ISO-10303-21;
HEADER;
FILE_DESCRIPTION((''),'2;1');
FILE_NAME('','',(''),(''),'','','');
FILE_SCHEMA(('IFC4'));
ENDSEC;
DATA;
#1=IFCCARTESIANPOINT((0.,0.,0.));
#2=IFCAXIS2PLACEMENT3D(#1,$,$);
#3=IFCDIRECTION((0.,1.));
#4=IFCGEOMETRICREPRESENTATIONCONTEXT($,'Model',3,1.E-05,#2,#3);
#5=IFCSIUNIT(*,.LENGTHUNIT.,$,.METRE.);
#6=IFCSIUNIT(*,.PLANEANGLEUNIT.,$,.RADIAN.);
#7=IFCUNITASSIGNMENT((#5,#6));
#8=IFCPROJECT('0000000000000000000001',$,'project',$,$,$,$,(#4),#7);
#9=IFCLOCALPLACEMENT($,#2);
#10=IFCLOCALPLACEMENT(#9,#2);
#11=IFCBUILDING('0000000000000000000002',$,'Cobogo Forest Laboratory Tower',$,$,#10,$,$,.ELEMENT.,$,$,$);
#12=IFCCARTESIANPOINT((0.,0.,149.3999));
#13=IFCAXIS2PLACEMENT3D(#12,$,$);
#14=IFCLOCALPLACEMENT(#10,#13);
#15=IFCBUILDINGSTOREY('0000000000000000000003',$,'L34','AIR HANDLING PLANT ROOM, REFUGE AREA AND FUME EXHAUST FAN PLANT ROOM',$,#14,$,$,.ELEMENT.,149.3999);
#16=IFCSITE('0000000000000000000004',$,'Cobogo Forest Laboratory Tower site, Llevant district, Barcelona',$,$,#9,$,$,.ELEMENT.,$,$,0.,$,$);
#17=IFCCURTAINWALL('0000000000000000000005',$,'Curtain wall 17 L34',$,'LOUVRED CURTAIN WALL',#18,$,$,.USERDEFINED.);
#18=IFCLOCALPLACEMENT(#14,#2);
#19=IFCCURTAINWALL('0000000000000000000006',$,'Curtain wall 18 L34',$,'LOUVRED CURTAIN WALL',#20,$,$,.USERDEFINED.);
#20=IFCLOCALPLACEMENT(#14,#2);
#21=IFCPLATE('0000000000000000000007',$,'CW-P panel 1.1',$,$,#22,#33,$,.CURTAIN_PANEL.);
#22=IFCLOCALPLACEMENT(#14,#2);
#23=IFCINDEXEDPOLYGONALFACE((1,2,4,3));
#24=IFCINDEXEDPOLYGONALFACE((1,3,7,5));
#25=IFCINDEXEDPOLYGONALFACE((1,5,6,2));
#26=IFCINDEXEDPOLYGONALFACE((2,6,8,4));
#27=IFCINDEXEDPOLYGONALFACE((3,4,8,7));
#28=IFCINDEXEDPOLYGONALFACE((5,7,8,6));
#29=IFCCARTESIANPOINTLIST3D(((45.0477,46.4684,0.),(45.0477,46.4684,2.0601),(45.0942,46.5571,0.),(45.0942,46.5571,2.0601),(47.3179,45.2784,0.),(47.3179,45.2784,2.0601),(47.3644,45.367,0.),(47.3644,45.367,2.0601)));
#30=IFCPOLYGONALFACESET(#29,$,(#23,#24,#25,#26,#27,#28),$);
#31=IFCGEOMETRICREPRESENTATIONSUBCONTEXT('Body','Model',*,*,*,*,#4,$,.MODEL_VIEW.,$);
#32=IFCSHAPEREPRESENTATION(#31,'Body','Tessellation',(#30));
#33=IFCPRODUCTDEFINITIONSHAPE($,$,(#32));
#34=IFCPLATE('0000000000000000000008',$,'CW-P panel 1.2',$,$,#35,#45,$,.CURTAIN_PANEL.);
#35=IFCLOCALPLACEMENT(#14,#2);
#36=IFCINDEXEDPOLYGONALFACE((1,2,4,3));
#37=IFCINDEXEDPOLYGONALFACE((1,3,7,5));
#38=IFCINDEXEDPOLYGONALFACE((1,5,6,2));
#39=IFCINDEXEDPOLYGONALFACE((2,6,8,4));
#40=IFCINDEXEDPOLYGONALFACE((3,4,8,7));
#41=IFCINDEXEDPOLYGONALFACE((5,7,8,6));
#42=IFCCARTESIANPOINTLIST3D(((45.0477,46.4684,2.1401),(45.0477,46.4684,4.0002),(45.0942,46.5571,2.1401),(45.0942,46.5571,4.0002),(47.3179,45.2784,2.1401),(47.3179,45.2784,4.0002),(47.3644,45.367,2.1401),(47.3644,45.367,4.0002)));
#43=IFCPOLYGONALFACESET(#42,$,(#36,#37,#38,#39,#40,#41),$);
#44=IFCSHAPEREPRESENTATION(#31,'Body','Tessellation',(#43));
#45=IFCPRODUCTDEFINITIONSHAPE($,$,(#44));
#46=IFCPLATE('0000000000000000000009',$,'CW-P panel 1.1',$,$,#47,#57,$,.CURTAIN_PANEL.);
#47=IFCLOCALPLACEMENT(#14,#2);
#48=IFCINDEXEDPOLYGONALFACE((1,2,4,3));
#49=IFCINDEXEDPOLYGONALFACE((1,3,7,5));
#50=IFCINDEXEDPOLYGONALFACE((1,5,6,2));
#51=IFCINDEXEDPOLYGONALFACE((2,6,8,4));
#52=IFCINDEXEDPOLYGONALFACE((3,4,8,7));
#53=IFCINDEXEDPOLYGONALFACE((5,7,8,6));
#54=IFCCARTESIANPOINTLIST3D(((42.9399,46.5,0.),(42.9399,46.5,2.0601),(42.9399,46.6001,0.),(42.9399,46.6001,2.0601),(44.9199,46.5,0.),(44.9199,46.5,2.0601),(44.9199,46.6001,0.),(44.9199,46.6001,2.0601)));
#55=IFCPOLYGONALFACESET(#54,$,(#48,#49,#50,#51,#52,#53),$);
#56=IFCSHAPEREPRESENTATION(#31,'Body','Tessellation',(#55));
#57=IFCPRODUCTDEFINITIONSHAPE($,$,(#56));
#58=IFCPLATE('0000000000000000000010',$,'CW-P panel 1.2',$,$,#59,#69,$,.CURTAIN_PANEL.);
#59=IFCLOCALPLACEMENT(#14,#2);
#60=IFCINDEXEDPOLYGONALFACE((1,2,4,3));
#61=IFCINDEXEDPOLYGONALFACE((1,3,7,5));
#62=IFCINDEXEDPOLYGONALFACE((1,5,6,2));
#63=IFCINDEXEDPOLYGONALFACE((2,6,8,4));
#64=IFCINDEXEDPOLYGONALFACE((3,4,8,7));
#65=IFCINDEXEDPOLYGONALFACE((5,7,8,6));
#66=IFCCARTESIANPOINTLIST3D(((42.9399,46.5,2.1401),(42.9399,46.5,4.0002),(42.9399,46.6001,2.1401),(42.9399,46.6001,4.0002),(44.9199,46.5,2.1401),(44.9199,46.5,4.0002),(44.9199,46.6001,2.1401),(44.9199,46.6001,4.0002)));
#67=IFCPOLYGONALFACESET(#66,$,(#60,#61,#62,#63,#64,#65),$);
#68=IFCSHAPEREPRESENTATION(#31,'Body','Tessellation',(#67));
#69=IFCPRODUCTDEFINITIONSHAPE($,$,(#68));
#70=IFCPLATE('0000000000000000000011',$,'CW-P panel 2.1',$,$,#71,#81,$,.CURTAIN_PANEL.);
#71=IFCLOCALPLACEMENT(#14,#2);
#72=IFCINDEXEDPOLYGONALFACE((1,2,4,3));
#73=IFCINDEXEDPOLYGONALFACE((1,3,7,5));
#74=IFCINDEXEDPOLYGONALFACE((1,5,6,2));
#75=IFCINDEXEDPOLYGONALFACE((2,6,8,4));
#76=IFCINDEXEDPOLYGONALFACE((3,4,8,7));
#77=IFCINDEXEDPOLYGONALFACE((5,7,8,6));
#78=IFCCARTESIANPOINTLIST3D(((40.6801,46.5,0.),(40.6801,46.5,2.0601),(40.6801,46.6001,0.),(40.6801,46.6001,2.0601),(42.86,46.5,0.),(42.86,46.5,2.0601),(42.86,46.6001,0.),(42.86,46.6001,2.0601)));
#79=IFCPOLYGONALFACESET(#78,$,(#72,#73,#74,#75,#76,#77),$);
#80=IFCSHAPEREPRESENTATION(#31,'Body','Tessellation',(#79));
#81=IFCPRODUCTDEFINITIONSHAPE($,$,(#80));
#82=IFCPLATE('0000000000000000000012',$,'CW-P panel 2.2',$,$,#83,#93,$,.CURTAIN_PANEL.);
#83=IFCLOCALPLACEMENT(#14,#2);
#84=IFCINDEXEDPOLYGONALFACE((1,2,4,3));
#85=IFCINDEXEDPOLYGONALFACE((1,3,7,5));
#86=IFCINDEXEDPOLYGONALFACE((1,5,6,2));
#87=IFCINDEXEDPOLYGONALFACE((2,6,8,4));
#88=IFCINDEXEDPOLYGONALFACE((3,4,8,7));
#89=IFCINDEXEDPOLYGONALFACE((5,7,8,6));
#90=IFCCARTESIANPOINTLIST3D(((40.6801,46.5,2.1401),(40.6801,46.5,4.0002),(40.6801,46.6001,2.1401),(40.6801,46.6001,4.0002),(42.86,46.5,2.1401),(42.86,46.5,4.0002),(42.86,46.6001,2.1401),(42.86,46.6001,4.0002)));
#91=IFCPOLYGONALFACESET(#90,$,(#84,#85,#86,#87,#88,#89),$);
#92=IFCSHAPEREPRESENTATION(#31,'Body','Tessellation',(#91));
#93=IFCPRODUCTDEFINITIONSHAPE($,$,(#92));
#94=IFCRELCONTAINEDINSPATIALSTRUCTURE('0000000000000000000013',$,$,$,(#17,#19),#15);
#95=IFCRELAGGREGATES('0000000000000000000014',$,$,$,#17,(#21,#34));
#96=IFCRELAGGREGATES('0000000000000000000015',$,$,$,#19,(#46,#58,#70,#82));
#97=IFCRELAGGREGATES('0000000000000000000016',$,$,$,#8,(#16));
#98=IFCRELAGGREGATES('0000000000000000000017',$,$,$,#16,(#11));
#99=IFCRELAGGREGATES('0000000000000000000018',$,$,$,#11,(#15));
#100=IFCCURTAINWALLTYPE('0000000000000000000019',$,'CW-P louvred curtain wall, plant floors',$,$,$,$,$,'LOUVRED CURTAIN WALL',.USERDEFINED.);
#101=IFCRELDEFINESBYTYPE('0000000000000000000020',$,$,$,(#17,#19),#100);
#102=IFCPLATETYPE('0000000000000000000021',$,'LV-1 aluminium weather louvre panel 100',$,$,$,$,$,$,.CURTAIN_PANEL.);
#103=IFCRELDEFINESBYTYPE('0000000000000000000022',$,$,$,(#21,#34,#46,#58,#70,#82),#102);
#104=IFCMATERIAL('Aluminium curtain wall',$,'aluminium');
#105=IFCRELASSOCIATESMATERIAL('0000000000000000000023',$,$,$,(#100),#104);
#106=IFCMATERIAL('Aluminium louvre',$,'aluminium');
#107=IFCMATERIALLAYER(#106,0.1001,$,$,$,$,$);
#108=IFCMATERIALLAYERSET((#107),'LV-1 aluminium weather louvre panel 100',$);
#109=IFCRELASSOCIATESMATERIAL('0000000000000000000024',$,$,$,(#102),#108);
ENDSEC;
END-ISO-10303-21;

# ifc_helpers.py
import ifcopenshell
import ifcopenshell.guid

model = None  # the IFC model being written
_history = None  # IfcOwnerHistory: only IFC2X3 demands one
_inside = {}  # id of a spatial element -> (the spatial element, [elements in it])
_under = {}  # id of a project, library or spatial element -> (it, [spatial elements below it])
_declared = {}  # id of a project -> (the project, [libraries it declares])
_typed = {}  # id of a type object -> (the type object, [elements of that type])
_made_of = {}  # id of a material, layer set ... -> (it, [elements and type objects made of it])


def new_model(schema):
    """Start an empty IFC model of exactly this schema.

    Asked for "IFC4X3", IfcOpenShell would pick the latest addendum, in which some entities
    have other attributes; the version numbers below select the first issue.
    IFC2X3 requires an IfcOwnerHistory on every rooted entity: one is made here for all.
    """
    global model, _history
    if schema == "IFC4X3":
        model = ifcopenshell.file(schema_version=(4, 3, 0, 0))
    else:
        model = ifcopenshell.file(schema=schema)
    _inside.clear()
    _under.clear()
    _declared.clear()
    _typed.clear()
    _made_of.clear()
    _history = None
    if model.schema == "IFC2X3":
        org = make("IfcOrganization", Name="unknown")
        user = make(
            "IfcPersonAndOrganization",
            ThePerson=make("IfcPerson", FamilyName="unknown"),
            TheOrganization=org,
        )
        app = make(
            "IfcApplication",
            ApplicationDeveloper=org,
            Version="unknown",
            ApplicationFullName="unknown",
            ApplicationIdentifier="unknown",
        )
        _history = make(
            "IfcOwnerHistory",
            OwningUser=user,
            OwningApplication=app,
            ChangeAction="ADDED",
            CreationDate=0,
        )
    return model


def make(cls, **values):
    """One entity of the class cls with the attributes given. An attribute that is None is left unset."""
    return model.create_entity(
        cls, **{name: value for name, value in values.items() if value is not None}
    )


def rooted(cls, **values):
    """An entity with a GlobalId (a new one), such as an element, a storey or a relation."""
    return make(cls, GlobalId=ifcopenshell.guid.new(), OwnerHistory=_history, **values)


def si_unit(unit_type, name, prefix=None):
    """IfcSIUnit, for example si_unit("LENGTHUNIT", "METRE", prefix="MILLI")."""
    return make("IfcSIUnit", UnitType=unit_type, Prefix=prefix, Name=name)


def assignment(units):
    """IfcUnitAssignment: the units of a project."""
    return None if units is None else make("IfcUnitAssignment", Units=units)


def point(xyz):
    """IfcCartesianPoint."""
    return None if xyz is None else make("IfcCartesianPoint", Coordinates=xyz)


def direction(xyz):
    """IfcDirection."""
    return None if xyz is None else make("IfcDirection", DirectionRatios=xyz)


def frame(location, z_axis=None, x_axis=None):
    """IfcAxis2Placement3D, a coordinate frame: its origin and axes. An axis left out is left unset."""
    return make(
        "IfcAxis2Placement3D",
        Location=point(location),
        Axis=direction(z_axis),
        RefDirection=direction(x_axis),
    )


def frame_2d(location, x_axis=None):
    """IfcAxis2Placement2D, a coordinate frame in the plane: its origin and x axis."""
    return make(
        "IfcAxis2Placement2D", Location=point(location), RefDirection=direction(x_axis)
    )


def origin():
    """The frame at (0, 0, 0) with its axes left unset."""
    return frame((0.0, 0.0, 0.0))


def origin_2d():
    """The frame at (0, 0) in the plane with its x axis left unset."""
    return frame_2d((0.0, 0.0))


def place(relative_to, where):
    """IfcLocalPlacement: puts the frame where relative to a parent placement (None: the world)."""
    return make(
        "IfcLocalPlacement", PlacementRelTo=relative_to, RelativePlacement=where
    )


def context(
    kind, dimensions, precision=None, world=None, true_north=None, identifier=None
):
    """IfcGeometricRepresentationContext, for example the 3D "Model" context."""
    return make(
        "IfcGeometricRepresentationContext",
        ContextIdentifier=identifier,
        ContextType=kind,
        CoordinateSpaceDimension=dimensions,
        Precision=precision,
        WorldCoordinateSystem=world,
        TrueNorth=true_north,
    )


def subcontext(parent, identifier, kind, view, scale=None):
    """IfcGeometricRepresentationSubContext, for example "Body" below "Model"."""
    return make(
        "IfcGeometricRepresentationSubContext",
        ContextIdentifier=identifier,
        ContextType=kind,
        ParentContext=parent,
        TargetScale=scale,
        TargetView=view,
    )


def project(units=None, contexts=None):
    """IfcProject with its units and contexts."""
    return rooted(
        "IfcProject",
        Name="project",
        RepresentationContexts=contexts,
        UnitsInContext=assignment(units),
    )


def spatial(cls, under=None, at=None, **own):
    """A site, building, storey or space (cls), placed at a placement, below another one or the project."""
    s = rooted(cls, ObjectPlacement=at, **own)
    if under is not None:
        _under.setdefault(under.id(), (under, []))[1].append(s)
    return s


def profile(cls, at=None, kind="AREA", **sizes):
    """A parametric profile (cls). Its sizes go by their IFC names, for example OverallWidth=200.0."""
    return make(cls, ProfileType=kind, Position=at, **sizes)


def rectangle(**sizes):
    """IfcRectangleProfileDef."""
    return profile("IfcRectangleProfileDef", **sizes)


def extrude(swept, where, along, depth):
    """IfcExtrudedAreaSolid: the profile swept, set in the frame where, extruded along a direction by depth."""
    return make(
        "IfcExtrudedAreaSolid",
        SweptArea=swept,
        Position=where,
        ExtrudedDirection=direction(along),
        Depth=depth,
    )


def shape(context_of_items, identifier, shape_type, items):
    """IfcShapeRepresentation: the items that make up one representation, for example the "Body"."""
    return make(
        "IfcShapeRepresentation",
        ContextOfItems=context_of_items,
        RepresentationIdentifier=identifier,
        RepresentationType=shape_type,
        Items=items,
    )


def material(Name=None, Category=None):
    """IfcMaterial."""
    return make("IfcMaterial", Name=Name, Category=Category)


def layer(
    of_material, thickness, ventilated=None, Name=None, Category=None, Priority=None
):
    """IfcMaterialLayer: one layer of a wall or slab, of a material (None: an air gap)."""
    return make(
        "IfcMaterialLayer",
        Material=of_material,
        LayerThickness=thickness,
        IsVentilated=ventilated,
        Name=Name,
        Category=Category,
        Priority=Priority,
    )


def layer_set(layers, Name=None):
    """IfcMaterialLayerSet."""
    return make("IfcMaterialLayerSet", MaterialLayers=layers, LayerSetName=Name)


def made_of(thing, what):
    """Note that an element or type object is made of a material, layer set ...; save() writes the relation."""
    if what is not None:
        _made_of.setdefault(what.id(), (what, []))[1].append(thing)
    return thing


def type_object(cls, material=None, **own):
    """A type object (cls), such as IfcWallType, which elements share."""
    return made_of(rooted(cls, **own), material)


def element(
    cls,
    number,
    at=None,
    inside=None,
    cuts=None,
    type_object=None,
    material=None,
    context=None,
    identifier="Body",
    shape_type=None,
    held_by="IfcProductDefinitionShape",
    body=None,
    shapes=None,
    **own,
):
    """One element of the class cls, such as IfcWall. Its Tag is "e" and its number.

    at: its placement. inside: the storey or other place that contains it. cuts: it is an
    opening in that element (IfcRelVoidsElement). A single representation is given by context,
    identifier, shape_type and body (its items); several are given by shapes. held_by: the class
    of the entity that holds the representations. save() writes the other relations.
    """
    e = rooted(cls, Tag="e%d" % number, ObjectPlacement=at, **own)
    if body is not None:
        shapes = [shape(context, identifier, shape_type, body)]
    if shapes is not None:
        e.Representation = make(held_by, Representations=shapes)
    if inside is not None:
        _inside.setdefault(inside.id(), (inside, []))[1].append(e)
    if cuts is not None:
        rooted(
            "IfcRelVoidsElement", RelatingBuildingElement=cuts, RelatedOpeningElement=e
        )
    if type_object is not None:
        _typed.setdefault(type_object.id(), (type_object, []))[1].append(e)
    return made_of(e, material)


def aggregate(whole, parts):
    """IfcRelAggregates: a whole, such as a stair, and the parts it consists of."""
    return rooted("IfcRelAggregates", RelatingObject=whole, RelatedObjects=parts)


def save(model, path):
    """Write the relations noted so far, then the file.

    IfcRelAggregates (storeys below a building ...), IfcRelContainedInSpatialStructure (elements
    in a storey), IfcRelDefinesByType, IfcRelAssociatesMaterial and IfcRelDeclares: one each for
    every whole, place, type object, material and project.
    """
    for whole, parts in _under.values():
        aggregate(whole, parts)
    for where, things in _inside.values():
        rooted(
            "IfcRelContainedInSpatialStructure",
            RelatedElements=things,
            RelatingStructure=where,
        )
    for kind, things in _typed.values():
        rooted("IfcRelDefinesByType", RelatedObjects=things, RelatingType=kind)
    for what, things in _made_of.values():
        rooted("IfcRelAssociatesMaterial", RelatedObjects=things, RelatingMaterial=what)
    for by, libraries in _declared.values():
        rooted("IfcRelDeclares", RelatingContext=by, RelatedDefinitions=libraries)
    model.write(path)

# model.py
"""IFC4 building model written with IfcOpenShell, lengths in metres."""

from ifc_helpers import new_model, si_unit, direction, frame, origin, origin_2d, place, context, subcontext, project, spatial, rectangle, extrude, material, layer, layer_set, type_object, element, aggregate, save


model = new_model("IFC4")

# Units and contexts
model_context = context("Model", 3, precision=1e-05, world=origin(), true_north=direction((0.0, 1.0)))
body_context = subcontext(model_context, "Body", "Model", "MODEL_VIEW")
ifc_project = project(units=[si_unit("LENGTHUNIT", "METRE"), si_unit("PLANEANGLEUNIT", "RADIAN")], contexts=[model_context])

# Site, building, storey
site_placement = place(None, origin())
site = spatial("IfcSite", under=ifc_project, at=site_placement, Name="Cobogo Forest Laboratory Tower site, Llevant district, Barcelona", CompositionType="ELEMENT", RefElevation=0.0)
building_placement = place(site_placement, origin())
building = spatial("IfcBuilding", under=site, at=building_placement, Name="Cobogo Forest Laboratory Tower", CompositionType="ELEMENT")
storey_placement = place(building_placement, frame((0.0, 0.0, 149.3999)))
storey = spatial("IfcBuildingStorey", under=building, at=storey_placement, Name="L34", Description="AIR HANDLING PLANT ROOM, REFUGE AREA AND FUME EXHAUST FAN PLANT ROOM", CompositionType="ELEMENT", Elevation=149.3999)

# Curtain wall
ifc_material_1 = material(Name="Aluminium curtain wall", Category="aluminium")
curtain_wall_type = type_object("IfcCurtainWallType", Name="CW-P louvred curtain wall, plant floors", ElementType="LOUVRED CURTAIN WALL", PredefinedType="USERDEFINED", material=ifc_material_1)
curtain_wall_1_placement = place(storey_placement, origin())
curtain_wall_1 = element("IfcCurtainWall", 1, at=curtain_wall_1_placement, inside=storey, type_object=curtain_wall_type, Name="Curtain wall 17 L34", ObjectType="LOUVRED CURTAIN WALL", PredefinedType="USERDEFINED")

# Curtain wall
curtain_wall_2_placement = place(storey_placement, origin())
curtain_wall_2 = element("IfcCurtainWall", 2, at=curtain_wall_2_placement, inside=storey, type_object=curtain_wall_type, Name="Curtain wall 18 L34", ObjectType="LOUVRED CURTAIN WALL", PredefinedType="USERDEFINED")

# Plates
ifc_material_2 = material(Name="Aluminium louvre", Category="aluminium")
ifc_layer = layer(ifc_material_2, 0.1001)
ifc_layer_set = layer_set([ifc_layer], Name="LV-1 aluminium weather louvre panel 100")
plate_type = type_object("IfcPlateType", Name="LV-1 aluminium weather louvre panel 100", PredefinedType="CURTAIN_PANEL", material=ifc_layer_set)
plate_1_placement = place(storey_placement, frame((46.2061, 45.9177, 0.0), z_axis=(0.0, 0.0, 1.0), x_axis=(-0.885687, 0.464284, 0.0)))
plate_1 = element("IfcPlate", 3, at=plate_1_placement, type_object=plate_type, Name="CW-P panel 1.1", PredefinedType="CURTAIN_PANEL", context=body_context, shape_type="SweptSolid", body=[
    extrude(rectangle(XDim=2.5632, YDim=0.1001, at=origin_2d()), origin(), (0.0, 0.0, 1.0), 2.0601),
])
plate_2_placement = place(storey_placement, frame((46.2061, 45.9177, 2.1401), z_axis=(0.0, 0.0, 1.0), x_axis=(-0.885687, 0.464284, 0.0)))
plate_2 = element("IfcPlate", 4, at=plate_2_placement, type_object=plate_type, Name="CW-P panel 1.2", PredefinedType="CURTAIN_PANEL", context=body_context, shape_type="SweptSolid", body=[
    extrude(rectangle(XDim=2.5632, YDim=0.1001, at=origin_2d()), origin(), (0.0, 0.0, 1.0), 1.8601),
])
aggregate(curtain_wall_1, [plate_1, plate_2])
plate_3_placement = place(storey_placement, frame((43.9299, 46.55, 0.0), z_axis=(0.0, 0.0, 1.0), x_axis=(-1.0, 0.0, 0.0)))
plate_3 = element("IfcPlate", 5, at=plate_3_placement, type_object=plate_type, Name="CW-P panel 1.1", PredefinedType="CURTAIN_PANEL", context=body_context, shape_type="SweptSolid", body=[
    extrude(rectangle(XDim=1.98, YDim=0.1001, at=origin_2d()), origin(), (0.0, 0.0, 1.0), 2.0601),
])
plate_4_placement = place(storey_placement, frame((43.9299, 46.55, 2.1401), z_axis=(0.0, 0.0, 1.0), x_axis=(-1.0, 0.0, 0.0)))
plate_4 = element("IfcPlate", 6, at=plate_4_placement, type_object=plate_type, Name="CW-P panel 1.2", PredefinedType="CURTAIN_PANEL", context=body_context, shape_type="SweptSolid", body=[
    extrude(rectangle(XDim=1.98, YDim=0.1001, at=origin_2d()), origin(), (0.0, 0.0, 1.0), 1.8601),
])
plate_5_placement = place(storey_placement, frame((41.77, 46.55, 0.0), z_axis=(0.0, 0.0, 1.0), x_axis=(-1.0, 0.0, 0.0)))
plate_5 = element("IfcPlate", 7, at=plate_5_placement, type_object=plate_type, Name="CW-P panel 2.1", PredefinedType="CURTAIN_PANEL", context=body_context, shape_type="SweptSolid", body=[
    extrude(rectangle(XDim=2.1799, YDim=0.1001, at=origin_2d()), origin(), (0.0, 0.0, 1.0), 2.0601),
])
plate_6_placement = place(storey_placement, frame((41.77, 46.55, 2.1401), z_axis=(0.0, 0.0, 1.0), x_axis=(-1.0, 0.0, 0.0)))
plate_6 = element("IfcPlate", 8, at=plate_6_placement, type_object=plate_type, Name="CW-P panel 2.2", PredefinedType="CURTAIN_PANEL", context=body_context, shape_type="SweptSolid", body=[
    extrude(rectangle(XDim=2.1799, YDim=0.1001, at=origin_2d()), origin(), (0.0, 0.0, 1.0), 1.8601),
])
aggregate(curtain_wall_2, [plate_3, plate_4, plate_5, plate_6])

save(model, "model.ifc")
